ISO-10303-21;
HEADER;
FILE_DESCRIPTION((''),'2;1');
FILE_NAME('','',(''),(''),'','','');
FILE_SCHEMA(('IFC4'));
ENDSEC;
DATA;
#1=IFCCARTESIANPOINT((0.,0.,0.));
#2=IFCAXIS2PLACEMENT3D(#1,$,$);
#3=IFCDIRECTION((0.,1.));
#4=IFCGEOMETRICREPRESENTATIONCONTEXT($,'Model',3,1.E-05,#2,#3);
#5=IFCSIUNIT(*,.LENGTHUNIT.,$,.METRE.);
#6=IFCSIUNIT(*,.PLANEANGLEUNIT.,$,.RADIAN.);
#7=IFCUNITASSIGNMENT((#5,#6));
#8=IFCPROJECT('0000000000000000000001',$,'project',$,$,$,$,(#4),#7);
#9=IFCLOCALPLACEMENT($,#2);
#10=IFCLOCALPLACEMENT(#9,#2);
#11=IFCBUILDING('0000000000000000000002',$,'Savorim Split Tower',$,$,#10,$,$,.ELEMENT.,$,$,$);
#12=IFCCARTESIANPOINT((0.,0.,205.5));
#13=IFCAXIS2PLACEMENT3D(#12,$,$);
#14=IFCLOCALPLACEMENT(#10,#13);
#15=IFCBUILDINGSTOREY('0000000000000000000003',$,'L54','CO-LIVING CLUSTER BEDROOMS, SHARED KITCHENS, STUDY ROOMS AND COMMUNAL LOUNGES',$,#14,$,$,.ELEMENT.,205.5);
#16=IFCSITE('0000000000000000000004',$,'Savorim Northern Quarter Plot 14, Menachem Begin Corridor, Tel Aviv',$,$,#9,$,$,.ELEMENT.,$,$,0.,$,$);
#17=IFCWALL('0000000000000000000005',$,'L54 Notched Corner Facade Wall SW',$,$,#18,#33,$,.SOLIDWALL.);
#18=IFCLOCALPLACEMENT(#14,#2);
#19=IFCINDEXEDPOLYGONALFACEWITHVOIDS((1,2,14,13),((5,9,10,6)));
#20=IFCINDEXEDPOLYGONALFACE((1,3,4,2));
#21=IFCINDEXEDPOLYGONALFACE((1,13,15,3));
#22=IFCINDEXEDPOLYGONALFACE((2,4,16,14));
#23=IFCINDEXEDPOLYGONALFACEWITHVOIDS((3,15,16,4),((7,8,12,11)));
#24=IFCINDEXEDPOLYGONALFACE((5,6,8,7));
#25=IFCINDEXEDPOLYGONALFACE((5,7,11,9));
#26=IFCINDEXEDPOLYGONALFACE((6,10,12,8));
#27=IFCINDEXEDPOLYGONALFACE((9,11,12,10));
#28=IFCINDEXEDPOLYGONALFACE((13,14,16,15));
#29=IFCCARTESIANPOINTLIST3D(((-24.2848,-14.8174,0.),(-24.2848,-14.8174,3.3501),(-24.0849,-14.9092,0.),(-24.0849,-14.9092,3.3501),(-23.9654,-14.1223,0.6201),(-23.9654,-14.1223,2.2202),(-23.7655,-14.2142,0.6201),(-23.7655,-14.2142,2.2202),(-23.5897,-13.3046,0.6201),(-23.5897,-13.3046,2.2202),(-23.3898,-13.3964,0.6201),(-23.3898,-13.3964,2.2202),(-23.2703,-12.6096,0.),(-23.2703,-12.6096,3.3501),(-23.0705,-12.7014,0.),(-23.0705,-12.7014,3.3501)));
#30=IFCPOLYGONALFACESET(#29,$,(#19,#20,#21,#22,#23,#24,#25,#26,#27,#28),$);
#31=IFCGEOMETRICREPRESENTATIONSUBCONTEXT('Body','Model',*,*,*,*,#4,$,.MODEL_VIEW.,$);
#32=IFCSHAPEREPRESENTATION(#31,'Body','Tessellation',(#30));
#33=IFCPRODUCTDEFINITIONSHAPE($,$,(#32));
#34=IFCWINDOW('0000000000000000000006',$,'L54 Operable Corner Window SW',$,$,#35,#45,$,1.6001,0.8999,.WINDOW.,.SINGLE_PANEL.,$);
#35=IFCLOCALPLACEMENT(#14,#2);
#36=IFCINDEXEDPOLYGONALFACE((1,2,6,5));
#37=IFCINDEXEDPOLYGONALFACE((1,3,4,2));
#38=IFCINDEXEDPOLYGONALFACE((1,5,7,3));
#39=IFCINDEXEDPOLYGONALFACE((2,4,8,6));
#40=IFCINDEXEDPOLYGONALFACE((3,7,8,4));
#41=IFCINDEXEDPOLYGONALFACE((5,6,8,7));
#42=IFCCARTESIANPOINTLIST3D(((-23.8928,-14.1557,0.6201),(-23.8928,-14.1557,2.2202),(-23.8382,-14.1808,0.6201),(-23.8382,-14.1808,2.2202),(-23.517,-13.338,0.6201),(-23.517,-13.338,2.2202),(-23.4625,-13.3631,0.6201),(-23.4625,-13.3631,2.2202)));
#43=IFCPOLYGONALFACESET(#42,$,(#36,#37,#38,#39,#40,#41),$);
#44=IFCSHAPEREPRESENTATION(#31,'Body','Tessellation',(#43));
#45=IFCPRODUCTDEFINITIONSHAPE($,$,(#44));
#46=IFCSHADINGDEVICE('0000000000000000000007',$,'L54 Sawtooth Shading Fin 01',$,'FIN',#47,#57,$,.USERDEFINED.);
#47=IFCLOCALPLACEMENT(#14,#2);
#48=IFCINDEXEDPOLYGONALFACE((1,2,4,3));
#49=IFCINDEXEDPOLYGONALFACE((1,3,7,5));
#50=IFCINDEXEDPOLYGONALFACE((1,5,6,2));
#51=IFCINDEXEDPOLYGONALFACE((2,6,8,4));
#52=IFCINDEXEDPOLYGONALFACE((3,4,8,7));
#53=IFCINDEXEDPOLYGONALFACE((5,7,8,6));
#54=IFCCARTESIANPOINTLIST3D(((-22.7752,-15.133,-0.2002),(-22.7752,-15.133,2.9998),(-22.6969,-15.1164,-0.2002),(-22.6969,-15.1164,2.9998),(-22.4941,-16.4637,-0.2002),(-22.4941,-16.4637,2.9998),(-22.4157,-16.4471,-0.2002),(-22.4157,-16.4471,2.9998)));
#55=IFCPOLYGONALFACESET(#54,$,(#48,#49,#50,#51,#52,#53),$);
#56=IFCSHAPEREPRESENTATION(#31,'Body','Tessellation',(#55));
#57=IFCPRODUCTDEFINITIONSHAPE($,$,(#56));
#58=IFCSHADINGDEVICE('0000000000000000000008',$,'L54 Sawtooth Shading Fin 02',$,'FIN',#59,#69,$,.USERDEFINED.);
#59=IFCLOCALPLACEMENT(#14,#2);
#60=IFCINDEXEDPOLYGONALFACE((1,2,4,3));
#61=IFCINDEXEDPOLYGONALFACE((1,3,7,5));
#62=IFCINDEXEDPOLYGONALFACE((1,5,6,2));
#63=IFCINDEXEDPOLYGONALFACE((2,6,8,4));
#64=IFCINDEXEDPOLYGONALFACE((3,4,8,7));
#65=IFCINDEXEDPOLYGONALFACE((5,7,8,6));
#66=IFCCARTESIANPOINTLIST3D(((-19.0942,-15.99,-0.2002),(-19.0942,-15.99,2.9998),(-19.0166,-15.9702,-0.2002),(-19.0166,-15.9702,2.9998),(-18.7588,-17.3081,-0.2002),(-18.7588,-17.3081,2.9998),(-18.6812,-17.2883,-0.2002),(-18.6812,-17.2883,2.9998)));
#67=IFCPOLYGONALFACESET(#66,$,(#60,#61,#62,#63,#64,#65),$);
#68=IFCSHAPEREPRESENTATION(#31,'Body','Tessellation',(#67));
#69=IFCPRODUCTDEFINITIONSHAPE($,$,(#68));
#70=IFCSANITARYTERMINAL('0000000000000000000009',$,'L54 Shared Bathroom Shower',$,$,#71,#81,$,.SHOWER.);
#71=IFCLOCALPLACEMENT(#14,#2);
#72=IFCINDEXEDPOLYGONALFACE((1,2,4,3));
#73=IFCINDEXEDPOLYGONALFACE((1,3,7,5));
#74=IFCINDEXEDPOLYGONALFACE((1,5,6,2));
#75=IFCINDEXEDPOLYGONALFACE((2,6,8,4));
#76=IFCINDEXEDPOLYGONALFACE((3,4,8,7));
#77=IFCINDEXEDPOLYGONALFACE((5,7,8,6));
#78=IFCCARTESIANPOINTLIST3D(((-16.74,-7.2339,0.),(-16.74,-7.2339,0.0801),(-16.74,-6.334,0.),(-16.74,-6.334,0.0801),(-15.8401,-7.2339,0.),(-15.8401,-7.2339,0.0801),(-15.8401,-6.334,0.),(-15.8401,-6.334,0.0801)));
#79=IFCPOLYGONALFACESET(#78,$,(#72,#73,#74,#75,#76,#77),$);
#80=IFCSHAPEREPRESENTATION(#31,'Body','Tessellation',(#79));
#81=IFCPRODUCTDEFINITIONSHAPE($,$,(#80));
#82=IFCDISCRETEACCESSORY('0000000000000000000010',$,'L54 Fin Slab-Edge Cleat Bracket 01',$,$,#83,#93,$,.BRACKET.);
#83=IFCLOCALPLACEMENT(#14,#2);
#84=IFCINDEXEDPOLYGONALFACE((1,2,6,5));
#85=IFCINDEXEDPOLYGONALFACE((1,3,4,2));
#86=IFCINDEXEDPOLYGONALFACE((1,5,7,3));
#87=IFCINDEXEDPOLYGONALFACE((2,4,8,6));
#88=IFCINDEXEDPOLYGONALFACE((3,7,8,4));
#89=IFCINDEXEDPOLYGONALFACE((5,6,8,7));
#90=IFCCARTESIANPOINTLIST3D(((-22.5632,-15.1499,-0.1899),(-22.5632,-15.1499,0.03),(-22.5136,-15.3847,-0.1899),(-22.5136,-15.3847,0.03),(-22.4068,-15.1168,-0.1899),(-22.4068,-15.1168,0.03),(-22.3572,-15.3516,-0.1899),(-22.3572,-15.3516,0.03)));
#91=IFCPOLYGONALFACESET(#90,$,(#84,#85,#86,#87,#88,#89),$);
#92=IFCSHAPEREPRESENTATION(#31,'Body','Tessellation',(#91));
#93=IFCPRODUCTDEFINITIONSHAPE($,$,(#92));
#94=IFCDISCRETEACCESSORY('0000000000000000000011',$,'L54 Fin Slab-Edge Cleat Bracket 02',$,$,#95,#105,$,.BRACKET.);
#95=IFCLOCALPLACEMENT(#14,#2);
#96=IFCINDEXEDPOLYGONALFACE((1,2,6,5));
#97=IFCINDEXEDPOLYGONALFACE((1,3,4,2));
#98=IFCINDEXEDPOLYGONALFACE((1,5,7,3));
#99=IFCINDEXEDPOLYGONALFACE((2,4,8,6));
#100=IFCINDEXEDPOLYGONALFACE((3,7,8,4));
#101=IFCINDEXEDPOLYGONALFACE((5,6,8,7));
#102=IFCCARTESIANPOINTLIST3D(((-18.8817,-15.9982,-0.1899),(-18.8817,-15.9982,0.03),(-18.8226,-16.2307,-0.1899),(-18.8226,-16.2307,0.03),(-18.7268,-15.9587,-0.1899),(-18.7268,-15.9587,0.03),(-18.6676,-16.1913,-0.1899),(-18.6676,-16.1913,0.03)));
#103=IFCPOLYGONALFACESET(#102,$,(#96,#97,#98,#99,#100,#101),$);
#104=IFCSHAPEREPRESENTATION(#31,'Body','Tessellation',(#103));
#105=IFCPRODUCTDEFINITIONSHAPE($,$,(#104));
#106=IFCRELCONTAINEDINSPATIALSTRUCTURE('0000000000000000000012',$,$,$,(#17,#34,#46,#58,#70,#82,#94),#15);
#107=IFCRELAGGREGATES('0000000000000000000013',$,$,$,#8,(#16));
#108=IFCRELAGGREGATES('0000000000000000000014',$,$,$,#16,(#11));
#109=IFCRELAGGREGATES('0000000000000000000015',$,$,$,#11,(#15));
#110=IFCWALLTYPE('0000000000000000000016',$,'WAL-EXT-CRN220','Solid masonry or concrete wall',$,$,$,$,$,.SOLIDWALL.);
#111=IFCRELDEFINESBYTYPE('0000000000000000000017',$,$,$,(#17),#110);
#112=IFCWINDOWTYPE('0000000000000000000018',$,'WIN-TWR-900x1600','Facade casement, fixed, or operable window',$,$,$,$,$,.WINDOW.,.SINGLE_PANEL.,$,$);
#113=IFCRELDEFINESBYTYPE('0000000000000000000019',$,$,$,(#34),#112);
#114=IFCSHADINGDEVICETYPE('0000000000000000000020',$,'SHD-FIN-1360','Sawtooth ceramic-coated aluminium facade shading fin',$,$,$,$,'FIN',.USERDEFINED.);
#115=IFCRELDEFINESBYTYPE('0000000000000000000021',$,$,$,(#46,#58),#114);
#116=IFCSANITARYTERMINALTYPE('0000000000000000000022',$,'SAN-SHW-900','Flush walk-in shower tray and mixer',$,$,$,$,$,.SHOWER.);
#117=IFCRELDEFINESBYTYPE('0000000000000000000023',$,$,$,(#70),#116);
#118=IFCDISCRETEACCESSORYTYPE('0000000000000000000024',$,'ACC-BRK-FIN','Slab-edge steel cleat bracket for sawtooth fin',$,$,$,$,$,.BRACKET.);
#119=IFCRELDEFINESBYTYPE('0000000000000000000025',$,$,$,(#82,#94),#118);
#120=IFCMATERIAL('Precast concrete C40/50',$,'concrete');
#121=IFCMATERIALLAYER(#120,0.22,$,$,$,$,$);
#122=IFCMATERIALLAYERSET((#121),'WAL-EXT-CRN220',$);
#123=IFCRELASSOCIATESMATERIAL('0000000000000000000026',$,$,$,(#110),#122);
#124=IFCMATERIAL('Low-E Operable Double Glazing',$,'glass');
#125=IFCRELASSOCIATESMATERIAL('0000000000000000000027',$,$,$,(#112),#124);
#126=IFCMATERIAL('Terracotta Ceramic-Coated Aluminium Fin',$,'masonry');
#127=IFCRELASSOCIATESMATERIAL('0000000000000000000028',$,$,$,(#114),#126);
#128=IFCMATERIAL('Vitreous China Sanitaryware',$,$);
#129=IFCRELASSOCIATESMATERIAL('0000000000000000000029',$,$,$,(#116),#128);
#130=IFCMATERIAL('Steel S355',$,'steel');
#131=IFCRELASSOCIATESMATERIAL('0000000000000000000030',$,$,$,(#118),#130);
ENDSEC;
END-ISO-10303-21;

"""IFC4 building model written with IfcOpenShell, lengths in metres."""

from ifc_helpers import new_model, si_unit, direction, frame, frame_2d, origin, origin_2d, place, context, subcontext, project, spatial, rectangle, extrude, material, layer, layer_set, type_object, element, fill, save


model = new_model("IFC4")

# Units and contexts
model_context = context("Model", 3, precision=1e-05, world=origin(), true_north=direction((0.0, 1.0)))
body_context = subcontext(model_context, "Body", "Model", "MODEL_VIEW")
ifc_project = project(units=[si_unit("LENGTHUNIT", "METRE"), si_unit("PLANEANGLEUNIT", "RADIAN")], contexts=[model_context])

# Site, building, storey
site_placement = place(None, origin())
site = spatial("IfcSite", under=ifc_project, at=site_placement, Name="Savorim Northern Quarter Plot 14, Menachem Begin Corridor, Tel Aviv", CompositionType="ELEMENT", RefElevation=0.0)
building_placement = place(site_placement, origin())
building = spatial("IfcBuilding", under=site, at=building_placement, Name="Savorim Split Tower", CompositionType="ELEMENT")
storey_placement = place(building_placement, frame((0.0, 0.0, 205.5)))
storey = spatial("IfcBuildingStorey", under=building, at=storey_placement, Name="L54", Description="CO-LIVING CLUSTER BEDROOMS, SHARED KITCHENS, STUDY ROOMS AND COMMUNAL LOUNGES", CompositionType="ELEMENT", Elevation=205.5)

# Shared definitions
ifc_material_1 = material(Name="Steel S355", Category="steel")

# Shared definitions
ifc_material_2 = material(Name="Precast concrete C40/50", Category="concrete")
ifc_layer_1 = layer(ifc_material_2, 0.22)
ifc_layer_set_1 = layer_set([ifc_layer_1], Name="WAL-EXT-CRN220")
wall_type = type_object("IfcWallType", Name="WAL-EXT-CRN220", Description="Solid masonry or concrete wall", PredefinedType="SOLIDWALL", material=ifc_layer_set_1)

# Wall, opening, window
wall_1_placement = place(storey_placement, frame((-24.1848, -14.8633, 0.0), z_axis=(0.0, 0.0, 1.0), x_axis=(0.417509, 0.908673, 0.0)))
wall_1 = element("IfcWall", 1, at=wall_1_placement, inside=storey, type_object=wall_type, Name="L54 Notched Corner Facade Wall SW", PredefinedType="SOLIDWALL", context=body_context, shape_type="SweptSolid", body=[
    extrude(rectangle(XDim=2.4297, YDim=0.22, at=frame_2d((1.2148, 0.0))), origin(), (0.0, 0.0, 1.0), 3.3501),
])
opening_placement = place(wall_1_placement, frame((0.7649, 0.0, 0.6201)))
opening = element("IfcOpeningElement", 2, at=opening_placement, cuts=wall_1, PredefinedType="OPENING", context=body_context, shape_type="SweptSolid", body=[
    extrude(rectangle(XDim=0.8999, YDim=1.6001, at=frame_2d((0.45, 0.8))), frame((0.0, 0.1199, 0.0), z_axis=(0.0, -1.0, 0.0), x_axis=(1.0, 0.0, 0.0)), (0.0, 0.0, 1.0), 0.24),
])
ifc_material_3 = material(Name="Low-E Operable Double Glazing", Category="glass")
window_type = type_object("IfcWindowType", Name="WIN-TWR-900x1600", Description="Facade casement, fixed, or operable window", PartitioningType="SINGLE_PANEL", PredefinedType="WINDOW", material=ifc_material_3)
window_placement = place(opening_placement, origin())
window = element("IfcWindow", 3, at=window_placement, inside=storey, type_object=window_type, Name="L54 Operable Corner Window SW", OverallHeight=1.6001, OverallWidth=0.8999, PartitioningType="SINGLE_PANEL", PredefinedType="WINDOW", context=body_context, shape_type="SweptSolid", body=[
    extrude(rectangle(XDim=0.8999, YDim=1.6001, at=frame_2d((0.45, 0.8))), frame((0.0, 0.03, 0.0), z_axis=(0.0, -1.0, 0.0), x_axis=(1.0, 0.0, 0.0)), (0.0, 0.0, 1.0), 0.0601),
])
fill(opening, window)

# Shading devices
ifc_material_4 = material(Name="Terracotta Ceramic-Coated Aluminium Fin", Category="masonry")
shading_device_type = type_object("IfcShadingDeviceType", Name="SHD-FIN-1360", Description="Sawtooth ceramic-coated aluminium facade shading fin", ElementType="FIN", PredefinedType="USERDEFINED", material=ifc_material_4)
for number, where, z_axis, x_axis, name in (
    (4, (-22.5955, -15.79, -0.2002), (0.0, 0.0, 1.0), (0.206722, -0.9784, 0.0), "L54 Sawtooth Shading Fin 01"),
    (5, (-18.8877, -16.6392, -0.2002), (0.0, 0.0, 1.0), (0.246581, -0.969122, 0.0), "L54 Sawtooth Shading Fin 02"),
):
    element("IfcShadingDevice", number, at=place(storey_placement, frame(where, z_axis=z_axis, x_axis=x_axis)), inside=storey, type_object=shading_device_type, Name=name, ObjectType="FIN", PredefinedType="USERDEFINED", context=body_context, shape_type="SweptSolid", body=[
        extrude(rectangle(XDim=1.3601, YDim=0.0801, at=origin_2d()), origin(), (0.0, 0.0, 1.0), 3.2),
    ])

# Sanitary terminal
ifc_material_5 = material(Name="Vitreous China Sanitaryware")
sanitary_terminal_type = type_object("IfcSanitaryTerminalType", Name="SAN-SHW-900", Description="Flush walk-in shower tray and mixer", PredefinedType="SHOWER", material=ifc_material_5)
sanitary_terminal_placement = place(storey_placement, frame((-16.29, -6.7839, 0.0), z_axis=(0.0, 0.0, 1.0), x_axis=(1.0, 0.0, 0.0)))
element("IfcSanitaryTerminal", 6, at=sanitary_terminal_placement, inside=storey, type_object=sanitary_terminal_type, Name="L54 Shared Bathroom Shower", PredefinedType="SHOWER", context=body_context, shape_type="SweptSolid", body=[
    extrude(rectangle(XDim=0.8999, YDim=0.8999, at=origin_2d()), origin(), (0.0, 0.0, 1.0), 0.0801),
])

# Discrete accessories
discrete_accessory_type = type_object("IfcDiscreteAccessoryType", Name="ACC-BRK-FIN", Description="Slab-edge steel cleat bracket for sawtooth fin", PredefinedType="BRACKET", material=ifc_material_1)
for number, where, z_axis, x_axis, name in (
    (7, (-22.4602, -15.2507, -0.1899), (0.0, 0.0, 1.0), (0.206722, -0.9784, 0.0), "L54 Fin Slab-Edge Cleat Bracket 01"),
    (8, (-18.7747, -16.0947, -0.1899), (0.0, 0.0, 1.0), (0.246581, -0.969122, 0.0), "L54 Fin Slab-Edge Cleat Bracket 02"),
):
    element("IfcDiscreteAccessory", number, at=place(storey_placement, frame(where, z_axis=z_axis, x_axis=x_axis)), inside=storey, type_object=discrete_accessory_type, Name=name, PredefinedType="BRACKET", context=body_context, shape_type="SweptSolid", body=[
        extrude(rectangle(XDim=0.24, YDim=0.1599, at=origin_2d()), origin(), (0.0, 0.0, 1.0), 0.22),
    ])

save(model, "model.ifc")
